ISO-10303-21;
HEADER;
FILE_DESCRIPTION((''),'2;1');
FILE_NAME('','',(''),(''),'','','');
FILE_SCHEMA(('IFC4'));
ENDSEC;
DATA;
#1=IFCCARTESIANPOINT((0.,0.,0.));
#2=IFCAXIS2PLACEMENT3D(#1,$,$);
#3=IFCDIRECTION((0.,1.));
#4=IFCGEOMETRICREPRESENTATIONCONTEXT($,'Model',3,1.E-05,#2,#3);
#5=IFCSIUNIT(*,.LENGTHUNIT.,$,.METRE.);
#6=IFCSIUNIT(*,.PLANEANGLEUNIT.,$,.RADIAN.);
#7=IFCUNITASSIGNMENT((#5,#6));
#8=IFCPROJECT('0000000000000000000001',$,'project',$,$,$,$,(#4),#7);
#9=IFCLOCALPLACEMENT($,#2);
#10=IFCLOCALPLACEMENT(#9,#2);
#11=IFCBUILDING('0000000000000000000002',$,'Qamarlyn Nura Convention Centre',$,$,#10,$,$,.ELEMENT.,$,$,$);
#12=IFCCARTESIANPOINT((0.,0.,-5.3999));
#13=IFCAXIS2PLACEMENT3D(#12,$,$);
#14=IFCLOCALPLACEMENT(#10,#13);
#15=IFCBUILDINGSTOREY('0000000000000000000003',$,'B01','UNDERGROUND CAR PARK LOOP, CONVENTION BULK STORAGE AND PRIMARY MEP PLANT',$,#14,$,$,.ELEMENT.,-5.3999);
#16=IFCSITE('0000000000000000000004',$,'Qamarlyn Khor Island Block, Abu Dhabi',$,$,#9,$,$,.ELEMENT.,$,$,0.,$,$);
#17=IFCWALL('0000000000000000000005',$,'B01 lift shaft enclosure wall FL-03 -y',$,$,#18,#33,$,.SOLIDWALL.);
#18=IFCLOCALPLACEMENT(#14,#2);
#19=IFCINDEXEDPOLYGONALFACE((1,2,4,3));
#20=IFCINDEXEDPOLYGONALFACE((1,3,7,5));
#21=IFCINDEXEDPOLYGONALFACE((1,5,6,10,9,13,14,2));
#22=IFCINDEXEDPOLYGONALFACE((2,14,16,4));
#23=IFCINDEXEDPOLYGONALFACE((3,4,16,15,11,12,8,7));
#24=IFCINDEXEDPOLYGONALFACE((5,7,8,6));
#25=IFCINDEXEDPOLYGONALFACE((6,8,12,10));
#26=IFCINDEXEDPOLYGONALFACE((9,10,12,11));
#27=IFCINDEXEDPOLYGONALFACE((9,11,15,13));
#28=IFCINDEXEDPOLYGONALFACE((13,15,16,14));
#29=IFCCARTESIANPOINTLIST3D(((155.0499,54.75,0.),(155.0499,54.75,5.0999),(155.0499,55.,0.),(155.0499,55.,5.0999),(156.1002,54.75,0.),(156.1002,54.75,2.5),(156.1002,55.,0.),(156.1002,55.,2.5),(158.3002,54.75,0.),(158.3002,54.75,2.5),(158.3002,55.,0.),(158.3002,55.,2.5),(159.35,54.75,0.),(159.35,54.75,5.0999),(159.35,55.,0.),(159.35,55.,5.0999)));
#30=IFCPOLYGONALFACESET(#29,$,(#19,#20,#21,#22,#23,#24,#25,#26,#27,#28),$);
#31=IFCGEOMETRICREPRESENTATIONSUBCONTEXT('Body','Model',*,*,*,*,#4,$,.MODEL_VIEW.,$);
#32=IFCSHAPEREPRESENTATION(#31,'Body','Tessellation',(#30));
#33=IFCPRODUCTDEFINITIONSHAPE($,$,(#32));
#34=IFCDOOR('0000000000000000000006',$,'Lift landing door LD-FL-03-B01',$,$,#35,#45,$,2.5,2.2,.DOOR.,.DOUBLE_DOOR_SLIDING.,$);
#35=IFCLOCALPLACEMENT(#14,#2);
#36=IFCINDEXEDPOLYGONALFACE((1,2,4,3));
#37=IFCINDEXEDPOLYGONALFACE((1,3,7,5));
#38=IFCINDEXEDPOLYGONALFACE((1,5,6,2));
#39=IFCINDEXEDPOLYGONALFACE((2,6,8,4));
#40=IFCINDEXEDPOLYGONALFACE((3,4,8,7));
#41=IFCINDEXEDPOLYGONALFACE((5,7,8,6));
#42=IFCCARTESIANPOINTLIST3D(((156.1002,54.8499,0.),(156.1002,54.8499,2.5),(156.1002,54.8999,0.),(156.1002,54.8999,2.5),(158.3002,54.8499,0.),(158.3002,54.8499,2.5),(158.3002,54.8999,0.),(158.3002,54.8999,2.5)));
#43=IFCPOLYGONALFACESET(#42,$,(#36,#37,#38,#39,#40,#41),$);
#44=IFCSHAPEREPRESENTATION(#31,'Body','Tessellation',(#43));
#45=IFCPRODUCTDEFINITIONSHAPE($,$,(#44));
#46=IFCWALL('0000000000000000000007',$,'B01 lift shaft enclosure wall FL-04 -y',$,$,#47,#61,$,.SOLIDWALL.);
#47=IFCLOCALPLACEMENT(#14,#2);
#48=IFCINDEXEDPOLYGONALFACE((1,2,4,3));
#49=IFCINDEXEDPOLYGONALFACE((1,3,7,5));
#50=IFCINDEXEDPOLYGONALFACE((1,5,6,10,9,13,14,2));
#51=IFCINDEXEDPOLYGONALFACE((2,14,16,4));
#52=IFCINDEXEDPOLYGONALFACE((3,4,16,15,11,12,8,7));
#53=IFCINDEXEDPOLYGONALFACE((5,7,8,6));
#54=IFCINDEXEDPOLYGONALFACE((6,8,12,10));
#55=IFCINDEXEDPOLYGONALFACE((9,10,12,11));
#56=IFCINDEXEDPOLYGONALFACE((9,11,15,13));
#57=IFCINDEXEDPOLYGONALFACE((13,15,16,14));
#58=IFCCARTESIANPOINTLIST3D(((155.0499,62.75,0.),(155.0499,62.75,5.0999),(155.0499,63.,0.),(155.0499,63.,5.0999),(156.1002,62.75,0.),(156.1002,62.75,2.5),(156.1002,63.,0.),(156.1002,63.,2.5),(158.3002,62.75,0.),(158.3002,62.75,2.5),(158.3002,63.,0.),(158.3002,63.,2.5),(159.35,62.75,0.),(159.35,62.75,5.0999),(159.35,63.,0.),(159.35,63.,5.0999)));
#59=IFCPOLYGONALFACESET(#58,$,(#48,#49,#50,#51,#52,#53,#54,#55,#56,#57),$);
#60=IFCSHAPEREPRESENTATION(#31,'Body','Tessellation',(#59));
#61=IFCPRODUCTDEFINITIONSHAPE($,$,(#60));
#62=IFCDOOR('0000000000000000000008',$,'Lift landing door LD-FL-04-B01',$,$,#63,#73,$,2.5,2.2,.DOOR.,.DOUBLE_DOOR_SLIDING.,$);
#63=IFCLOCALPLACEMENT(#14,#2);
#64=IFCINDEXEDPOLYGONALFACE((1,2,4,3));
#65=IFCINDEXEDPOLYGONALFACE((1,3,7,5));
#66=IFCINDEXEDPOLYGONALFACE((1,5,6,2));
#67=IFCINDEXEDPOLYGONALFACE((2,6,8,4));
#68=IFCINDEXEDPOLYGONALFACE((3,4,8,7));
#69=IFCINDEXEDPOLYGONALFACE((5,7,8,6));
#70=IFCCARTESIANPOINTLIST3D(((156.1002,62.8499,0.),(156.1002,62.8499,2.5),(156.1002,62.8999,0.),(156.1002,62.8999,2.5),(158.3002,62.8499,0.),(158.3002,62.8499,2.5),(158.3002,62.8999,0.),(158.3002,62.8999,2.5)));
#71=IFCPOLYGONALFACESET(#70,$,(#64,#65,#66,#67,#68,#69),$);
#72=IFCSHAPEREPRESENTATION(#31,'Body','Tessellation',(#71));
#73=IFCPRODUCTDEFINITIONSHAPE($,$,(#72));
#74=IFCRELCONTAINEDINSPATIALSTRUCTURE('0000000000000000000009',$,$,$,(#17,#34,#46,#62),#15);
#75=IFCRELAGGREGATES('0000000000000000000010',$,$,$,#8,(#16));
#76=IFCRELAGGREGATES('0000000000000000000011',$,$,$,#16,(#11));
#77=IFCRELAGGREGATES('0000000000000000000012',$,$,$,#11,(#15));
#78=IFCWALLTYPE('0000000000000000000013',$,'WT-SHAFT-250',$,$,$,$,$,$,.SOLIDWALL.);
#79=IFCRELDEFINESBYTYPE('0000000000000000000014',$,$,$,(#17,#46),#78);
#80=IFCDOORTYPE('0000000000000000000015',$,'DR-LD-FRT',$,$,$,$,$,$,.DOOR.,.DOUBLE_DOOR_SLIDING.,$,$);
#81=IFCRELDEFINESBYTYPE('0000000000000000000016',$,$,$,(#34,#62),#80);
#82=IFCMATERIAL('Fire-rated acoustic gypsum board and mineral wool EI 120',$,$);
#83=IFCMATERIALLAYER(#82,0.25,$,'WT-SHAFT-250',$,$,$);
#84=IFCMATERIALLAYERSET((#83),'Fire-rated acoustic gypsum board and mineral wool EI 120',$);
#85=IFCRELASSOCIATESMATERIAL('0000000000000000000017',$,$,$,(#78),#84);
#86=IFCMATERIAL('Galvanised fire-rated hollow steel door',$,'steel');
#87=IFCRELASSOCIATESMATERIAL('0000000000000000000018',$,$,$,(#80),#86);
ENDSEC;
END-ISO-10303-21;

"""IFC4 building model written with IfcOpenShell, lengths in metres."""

from ifc_helpers import new_model, si_unit, direction, frame, frame_2d, origin, place, context, subcontext, project, spatial, rectangle, extrude, material, layer, layer_set, type_object, element, fill, save


model = new_model("IFC4")

# Units and contexts
model_context = context("Model", 3, precision=1e-05, world=origin(), true_north=direction((0.0, 1.0)))
body_context = subcontext(model_context, "Body", "Model", "MODEL_VIEW")
ifc_project = project(units=[si_unit("LENGTHUNIT", "METRE"), si_unit("PLANEANGLEUNIT", "RADIAN")], contexts=[model_context])

# Site, building, storey
site_placement = place(None, origin())
site = spatial("IfcSite", under=ifc_project, at=site_placement, Name="Qamarlyn Khor Island Block, Abu Dhabi", CompositionType="ELEMENT", RefElevation=0.0)
building_placement = place(site_placement, origin())
building = spatial("IfcBuilding", under=site, at=building_placement, Name="Qamarlyn Nura Convention Centre", CompositionType="ELEMENT")
storey_placement = place(building_placement, frame((0.0, 0.0, -5.3999)))
storey = spatial("IfcBuildingStorey", under=building, at=storey_placement, Name="B01", Description="UNDERGROUND CAR PARK LOOP, CONVENTION BULK STORAGE AND PRIMARY MEP PLANT", CompositionType="ELEMENT", Elevation=-5.3999)

# Walls, openings, doors
ifc_material_1 = material(Name="Fire-rated acoustic gypsum board and mineral wool EI 120")
ifc_layer_1 = layer(ifc_material_1, 0.25, Name="WT-SHAFT-250")
ifc_layer_set_1 = layer_set([ifc_layer_1], Name="Fire-rated acoustic gypsum board and mineral wool EI 120")
wall_type_1 = type_object("IfcWallType", Name="WT-SHAFT-250", PredefinedType="SOLIDWALL", material=ifc_layer_set_1)
wall_1_placement = place(storey_placement, frame((155.05, 54.875, 0.0), z_axis=(0.0, 0.0, 1.0), x_axis=(1.0, 0.0, 0.0)))
wall_1 = element("IfcWall", 1, at=wall_1_placement, inside=storey, type_object=wall_type_1, Name="B01 lift shaft enclosure wall FL-03 -y", PredefinedType="SOLIDWALL", context=body_context, shape_type="SweptSolid", body=[
    extrude(rectangle(XDim=4.3, YDim=0.25, at=frame_2d((2.1499, 0.0))), origin(), (0.0, 0.0, 1.0), 5.0999),
])
opening_1_placement = place(wall_1_placement, frame((1.05, 0.0, 0.0)))
opening_1 = element("IfcOpeningElement", 2, at=opening_1_placement, cuts=wall_1, PredefinedType="OPENING", context=body_context, shape_type="SweptSolid", body=[
    extrude(rectangle(XDim=2.2, YDim=2.5, at=frame_2d((1.1001, 1.25))), frame((0.0, 0.135, 0.0), z_axis=(0.0, -1.0, 0.0), x_axis=(1.0, 0.0, 0.0)), (0.0, 0.0, 1.0), 0.27),
])
ifc_material_2 = material(Name="Galvanised fire-rated hollow steel door", Category="steel")
door_type = type_object("IfcDoorType", Name="DR-LD-FRT", OperationType="DOUBLE_DOOR_SLIDING", PredefinedType="DOOR", material=ifc_material_2)
door_1_placement = place(opening_1_placement, origin())
door_1 = element("IfcDoor", 3, at=door_1_placement, inside=storey, type_object=door_type, Name="Lift landing door LD-FL-03-B01", OperationType="DOUBLE_DOOR_SLIDING", OverallHeight=2.5, OverallWidth=2.2, PredefinedType="DOOR", context=body_context, shape_type="SweptSolid", body=[
    extrude(rectangle(XDim=2.2, YDim=2.5, at=frame_2d((1.1001, 1.25))), frame((0.0, 0.0249, 0.0), z_axis=(0.0, -1.0, 0.0), x_axis=(1.0, 0.0, 0.0)), (0.0, 0.0, 1.0), 0.05),
])
fill(opening_1, door_1)
wall_2_placement = place(storey_placement, frame((155.05, 62.875, 0.0), z_axis=(0.0, 0.0, 1.0), x_axis=(1.0, 0.0, 0.0)))
wall_2 = element("IfcWall", 4, at=wall_2_placement, inside=storey, type_object=wall_type_1, Name="B01 lift shaft enclosure wall FL-04 -y", PredefinedType="SOLIDWALL", context=body_context, shape_type="SweptSolid", body=[
    extrude(rectangle(XDim=4.3, YDim=0.25, at=frame_2d((2.1499, 0.0))), origin(), (0.0, 0.0, 1.0), 5.0999),
])
opening_2_placement = place(wall_2_placement, frame((1.05, 0.0, 0.0)))
opening_2 = element("IfcOpeningElement", 5, at=opening_2_placement, cuts=wall_2, PredefinedType="OPENING", context=body_context, shape_type="SweptSolid", body=[
    extrude(rectangle(XDim=2.2, YDim=2.5, at=frame_2d((1.1001, 1.25))), frame((0.0, 0.135, 0.0), z_axis=(0.0, -1.0, 0.0), x_axis=(1.0, 0.0, 0.0)), (0.0, 0.0, 1.0), 0.27),
])
door_2_placement = place(opening_2_placement, origin())
door_2 = element("IfcDoor", 6, at=door_2_placement, inside=storey, type_object=door_type, Name="Lift landing door LD-FL-04-B01", OperationType="DOUBLE_DOOR_SLIDING", OverallHeight=2.5, OverallWidth=2.2, PredefinedType="DOOR", context=body_context, shape_type="SweptSolid", body=[
    extrude(rectangle(XDim=2.2, YDim=2.5, at=frame_2d((1.1001, 1.25))), frame((0.0, 0.0249, 0.0), z_axis=(0.0, -1.0, 0.0), x_axis=(1.0, 0.0, 0.0)), (0.0, 0.0, 1.0), 0.05),
])
fill(opening_2, door_2)

save(model, "model.ifc")
